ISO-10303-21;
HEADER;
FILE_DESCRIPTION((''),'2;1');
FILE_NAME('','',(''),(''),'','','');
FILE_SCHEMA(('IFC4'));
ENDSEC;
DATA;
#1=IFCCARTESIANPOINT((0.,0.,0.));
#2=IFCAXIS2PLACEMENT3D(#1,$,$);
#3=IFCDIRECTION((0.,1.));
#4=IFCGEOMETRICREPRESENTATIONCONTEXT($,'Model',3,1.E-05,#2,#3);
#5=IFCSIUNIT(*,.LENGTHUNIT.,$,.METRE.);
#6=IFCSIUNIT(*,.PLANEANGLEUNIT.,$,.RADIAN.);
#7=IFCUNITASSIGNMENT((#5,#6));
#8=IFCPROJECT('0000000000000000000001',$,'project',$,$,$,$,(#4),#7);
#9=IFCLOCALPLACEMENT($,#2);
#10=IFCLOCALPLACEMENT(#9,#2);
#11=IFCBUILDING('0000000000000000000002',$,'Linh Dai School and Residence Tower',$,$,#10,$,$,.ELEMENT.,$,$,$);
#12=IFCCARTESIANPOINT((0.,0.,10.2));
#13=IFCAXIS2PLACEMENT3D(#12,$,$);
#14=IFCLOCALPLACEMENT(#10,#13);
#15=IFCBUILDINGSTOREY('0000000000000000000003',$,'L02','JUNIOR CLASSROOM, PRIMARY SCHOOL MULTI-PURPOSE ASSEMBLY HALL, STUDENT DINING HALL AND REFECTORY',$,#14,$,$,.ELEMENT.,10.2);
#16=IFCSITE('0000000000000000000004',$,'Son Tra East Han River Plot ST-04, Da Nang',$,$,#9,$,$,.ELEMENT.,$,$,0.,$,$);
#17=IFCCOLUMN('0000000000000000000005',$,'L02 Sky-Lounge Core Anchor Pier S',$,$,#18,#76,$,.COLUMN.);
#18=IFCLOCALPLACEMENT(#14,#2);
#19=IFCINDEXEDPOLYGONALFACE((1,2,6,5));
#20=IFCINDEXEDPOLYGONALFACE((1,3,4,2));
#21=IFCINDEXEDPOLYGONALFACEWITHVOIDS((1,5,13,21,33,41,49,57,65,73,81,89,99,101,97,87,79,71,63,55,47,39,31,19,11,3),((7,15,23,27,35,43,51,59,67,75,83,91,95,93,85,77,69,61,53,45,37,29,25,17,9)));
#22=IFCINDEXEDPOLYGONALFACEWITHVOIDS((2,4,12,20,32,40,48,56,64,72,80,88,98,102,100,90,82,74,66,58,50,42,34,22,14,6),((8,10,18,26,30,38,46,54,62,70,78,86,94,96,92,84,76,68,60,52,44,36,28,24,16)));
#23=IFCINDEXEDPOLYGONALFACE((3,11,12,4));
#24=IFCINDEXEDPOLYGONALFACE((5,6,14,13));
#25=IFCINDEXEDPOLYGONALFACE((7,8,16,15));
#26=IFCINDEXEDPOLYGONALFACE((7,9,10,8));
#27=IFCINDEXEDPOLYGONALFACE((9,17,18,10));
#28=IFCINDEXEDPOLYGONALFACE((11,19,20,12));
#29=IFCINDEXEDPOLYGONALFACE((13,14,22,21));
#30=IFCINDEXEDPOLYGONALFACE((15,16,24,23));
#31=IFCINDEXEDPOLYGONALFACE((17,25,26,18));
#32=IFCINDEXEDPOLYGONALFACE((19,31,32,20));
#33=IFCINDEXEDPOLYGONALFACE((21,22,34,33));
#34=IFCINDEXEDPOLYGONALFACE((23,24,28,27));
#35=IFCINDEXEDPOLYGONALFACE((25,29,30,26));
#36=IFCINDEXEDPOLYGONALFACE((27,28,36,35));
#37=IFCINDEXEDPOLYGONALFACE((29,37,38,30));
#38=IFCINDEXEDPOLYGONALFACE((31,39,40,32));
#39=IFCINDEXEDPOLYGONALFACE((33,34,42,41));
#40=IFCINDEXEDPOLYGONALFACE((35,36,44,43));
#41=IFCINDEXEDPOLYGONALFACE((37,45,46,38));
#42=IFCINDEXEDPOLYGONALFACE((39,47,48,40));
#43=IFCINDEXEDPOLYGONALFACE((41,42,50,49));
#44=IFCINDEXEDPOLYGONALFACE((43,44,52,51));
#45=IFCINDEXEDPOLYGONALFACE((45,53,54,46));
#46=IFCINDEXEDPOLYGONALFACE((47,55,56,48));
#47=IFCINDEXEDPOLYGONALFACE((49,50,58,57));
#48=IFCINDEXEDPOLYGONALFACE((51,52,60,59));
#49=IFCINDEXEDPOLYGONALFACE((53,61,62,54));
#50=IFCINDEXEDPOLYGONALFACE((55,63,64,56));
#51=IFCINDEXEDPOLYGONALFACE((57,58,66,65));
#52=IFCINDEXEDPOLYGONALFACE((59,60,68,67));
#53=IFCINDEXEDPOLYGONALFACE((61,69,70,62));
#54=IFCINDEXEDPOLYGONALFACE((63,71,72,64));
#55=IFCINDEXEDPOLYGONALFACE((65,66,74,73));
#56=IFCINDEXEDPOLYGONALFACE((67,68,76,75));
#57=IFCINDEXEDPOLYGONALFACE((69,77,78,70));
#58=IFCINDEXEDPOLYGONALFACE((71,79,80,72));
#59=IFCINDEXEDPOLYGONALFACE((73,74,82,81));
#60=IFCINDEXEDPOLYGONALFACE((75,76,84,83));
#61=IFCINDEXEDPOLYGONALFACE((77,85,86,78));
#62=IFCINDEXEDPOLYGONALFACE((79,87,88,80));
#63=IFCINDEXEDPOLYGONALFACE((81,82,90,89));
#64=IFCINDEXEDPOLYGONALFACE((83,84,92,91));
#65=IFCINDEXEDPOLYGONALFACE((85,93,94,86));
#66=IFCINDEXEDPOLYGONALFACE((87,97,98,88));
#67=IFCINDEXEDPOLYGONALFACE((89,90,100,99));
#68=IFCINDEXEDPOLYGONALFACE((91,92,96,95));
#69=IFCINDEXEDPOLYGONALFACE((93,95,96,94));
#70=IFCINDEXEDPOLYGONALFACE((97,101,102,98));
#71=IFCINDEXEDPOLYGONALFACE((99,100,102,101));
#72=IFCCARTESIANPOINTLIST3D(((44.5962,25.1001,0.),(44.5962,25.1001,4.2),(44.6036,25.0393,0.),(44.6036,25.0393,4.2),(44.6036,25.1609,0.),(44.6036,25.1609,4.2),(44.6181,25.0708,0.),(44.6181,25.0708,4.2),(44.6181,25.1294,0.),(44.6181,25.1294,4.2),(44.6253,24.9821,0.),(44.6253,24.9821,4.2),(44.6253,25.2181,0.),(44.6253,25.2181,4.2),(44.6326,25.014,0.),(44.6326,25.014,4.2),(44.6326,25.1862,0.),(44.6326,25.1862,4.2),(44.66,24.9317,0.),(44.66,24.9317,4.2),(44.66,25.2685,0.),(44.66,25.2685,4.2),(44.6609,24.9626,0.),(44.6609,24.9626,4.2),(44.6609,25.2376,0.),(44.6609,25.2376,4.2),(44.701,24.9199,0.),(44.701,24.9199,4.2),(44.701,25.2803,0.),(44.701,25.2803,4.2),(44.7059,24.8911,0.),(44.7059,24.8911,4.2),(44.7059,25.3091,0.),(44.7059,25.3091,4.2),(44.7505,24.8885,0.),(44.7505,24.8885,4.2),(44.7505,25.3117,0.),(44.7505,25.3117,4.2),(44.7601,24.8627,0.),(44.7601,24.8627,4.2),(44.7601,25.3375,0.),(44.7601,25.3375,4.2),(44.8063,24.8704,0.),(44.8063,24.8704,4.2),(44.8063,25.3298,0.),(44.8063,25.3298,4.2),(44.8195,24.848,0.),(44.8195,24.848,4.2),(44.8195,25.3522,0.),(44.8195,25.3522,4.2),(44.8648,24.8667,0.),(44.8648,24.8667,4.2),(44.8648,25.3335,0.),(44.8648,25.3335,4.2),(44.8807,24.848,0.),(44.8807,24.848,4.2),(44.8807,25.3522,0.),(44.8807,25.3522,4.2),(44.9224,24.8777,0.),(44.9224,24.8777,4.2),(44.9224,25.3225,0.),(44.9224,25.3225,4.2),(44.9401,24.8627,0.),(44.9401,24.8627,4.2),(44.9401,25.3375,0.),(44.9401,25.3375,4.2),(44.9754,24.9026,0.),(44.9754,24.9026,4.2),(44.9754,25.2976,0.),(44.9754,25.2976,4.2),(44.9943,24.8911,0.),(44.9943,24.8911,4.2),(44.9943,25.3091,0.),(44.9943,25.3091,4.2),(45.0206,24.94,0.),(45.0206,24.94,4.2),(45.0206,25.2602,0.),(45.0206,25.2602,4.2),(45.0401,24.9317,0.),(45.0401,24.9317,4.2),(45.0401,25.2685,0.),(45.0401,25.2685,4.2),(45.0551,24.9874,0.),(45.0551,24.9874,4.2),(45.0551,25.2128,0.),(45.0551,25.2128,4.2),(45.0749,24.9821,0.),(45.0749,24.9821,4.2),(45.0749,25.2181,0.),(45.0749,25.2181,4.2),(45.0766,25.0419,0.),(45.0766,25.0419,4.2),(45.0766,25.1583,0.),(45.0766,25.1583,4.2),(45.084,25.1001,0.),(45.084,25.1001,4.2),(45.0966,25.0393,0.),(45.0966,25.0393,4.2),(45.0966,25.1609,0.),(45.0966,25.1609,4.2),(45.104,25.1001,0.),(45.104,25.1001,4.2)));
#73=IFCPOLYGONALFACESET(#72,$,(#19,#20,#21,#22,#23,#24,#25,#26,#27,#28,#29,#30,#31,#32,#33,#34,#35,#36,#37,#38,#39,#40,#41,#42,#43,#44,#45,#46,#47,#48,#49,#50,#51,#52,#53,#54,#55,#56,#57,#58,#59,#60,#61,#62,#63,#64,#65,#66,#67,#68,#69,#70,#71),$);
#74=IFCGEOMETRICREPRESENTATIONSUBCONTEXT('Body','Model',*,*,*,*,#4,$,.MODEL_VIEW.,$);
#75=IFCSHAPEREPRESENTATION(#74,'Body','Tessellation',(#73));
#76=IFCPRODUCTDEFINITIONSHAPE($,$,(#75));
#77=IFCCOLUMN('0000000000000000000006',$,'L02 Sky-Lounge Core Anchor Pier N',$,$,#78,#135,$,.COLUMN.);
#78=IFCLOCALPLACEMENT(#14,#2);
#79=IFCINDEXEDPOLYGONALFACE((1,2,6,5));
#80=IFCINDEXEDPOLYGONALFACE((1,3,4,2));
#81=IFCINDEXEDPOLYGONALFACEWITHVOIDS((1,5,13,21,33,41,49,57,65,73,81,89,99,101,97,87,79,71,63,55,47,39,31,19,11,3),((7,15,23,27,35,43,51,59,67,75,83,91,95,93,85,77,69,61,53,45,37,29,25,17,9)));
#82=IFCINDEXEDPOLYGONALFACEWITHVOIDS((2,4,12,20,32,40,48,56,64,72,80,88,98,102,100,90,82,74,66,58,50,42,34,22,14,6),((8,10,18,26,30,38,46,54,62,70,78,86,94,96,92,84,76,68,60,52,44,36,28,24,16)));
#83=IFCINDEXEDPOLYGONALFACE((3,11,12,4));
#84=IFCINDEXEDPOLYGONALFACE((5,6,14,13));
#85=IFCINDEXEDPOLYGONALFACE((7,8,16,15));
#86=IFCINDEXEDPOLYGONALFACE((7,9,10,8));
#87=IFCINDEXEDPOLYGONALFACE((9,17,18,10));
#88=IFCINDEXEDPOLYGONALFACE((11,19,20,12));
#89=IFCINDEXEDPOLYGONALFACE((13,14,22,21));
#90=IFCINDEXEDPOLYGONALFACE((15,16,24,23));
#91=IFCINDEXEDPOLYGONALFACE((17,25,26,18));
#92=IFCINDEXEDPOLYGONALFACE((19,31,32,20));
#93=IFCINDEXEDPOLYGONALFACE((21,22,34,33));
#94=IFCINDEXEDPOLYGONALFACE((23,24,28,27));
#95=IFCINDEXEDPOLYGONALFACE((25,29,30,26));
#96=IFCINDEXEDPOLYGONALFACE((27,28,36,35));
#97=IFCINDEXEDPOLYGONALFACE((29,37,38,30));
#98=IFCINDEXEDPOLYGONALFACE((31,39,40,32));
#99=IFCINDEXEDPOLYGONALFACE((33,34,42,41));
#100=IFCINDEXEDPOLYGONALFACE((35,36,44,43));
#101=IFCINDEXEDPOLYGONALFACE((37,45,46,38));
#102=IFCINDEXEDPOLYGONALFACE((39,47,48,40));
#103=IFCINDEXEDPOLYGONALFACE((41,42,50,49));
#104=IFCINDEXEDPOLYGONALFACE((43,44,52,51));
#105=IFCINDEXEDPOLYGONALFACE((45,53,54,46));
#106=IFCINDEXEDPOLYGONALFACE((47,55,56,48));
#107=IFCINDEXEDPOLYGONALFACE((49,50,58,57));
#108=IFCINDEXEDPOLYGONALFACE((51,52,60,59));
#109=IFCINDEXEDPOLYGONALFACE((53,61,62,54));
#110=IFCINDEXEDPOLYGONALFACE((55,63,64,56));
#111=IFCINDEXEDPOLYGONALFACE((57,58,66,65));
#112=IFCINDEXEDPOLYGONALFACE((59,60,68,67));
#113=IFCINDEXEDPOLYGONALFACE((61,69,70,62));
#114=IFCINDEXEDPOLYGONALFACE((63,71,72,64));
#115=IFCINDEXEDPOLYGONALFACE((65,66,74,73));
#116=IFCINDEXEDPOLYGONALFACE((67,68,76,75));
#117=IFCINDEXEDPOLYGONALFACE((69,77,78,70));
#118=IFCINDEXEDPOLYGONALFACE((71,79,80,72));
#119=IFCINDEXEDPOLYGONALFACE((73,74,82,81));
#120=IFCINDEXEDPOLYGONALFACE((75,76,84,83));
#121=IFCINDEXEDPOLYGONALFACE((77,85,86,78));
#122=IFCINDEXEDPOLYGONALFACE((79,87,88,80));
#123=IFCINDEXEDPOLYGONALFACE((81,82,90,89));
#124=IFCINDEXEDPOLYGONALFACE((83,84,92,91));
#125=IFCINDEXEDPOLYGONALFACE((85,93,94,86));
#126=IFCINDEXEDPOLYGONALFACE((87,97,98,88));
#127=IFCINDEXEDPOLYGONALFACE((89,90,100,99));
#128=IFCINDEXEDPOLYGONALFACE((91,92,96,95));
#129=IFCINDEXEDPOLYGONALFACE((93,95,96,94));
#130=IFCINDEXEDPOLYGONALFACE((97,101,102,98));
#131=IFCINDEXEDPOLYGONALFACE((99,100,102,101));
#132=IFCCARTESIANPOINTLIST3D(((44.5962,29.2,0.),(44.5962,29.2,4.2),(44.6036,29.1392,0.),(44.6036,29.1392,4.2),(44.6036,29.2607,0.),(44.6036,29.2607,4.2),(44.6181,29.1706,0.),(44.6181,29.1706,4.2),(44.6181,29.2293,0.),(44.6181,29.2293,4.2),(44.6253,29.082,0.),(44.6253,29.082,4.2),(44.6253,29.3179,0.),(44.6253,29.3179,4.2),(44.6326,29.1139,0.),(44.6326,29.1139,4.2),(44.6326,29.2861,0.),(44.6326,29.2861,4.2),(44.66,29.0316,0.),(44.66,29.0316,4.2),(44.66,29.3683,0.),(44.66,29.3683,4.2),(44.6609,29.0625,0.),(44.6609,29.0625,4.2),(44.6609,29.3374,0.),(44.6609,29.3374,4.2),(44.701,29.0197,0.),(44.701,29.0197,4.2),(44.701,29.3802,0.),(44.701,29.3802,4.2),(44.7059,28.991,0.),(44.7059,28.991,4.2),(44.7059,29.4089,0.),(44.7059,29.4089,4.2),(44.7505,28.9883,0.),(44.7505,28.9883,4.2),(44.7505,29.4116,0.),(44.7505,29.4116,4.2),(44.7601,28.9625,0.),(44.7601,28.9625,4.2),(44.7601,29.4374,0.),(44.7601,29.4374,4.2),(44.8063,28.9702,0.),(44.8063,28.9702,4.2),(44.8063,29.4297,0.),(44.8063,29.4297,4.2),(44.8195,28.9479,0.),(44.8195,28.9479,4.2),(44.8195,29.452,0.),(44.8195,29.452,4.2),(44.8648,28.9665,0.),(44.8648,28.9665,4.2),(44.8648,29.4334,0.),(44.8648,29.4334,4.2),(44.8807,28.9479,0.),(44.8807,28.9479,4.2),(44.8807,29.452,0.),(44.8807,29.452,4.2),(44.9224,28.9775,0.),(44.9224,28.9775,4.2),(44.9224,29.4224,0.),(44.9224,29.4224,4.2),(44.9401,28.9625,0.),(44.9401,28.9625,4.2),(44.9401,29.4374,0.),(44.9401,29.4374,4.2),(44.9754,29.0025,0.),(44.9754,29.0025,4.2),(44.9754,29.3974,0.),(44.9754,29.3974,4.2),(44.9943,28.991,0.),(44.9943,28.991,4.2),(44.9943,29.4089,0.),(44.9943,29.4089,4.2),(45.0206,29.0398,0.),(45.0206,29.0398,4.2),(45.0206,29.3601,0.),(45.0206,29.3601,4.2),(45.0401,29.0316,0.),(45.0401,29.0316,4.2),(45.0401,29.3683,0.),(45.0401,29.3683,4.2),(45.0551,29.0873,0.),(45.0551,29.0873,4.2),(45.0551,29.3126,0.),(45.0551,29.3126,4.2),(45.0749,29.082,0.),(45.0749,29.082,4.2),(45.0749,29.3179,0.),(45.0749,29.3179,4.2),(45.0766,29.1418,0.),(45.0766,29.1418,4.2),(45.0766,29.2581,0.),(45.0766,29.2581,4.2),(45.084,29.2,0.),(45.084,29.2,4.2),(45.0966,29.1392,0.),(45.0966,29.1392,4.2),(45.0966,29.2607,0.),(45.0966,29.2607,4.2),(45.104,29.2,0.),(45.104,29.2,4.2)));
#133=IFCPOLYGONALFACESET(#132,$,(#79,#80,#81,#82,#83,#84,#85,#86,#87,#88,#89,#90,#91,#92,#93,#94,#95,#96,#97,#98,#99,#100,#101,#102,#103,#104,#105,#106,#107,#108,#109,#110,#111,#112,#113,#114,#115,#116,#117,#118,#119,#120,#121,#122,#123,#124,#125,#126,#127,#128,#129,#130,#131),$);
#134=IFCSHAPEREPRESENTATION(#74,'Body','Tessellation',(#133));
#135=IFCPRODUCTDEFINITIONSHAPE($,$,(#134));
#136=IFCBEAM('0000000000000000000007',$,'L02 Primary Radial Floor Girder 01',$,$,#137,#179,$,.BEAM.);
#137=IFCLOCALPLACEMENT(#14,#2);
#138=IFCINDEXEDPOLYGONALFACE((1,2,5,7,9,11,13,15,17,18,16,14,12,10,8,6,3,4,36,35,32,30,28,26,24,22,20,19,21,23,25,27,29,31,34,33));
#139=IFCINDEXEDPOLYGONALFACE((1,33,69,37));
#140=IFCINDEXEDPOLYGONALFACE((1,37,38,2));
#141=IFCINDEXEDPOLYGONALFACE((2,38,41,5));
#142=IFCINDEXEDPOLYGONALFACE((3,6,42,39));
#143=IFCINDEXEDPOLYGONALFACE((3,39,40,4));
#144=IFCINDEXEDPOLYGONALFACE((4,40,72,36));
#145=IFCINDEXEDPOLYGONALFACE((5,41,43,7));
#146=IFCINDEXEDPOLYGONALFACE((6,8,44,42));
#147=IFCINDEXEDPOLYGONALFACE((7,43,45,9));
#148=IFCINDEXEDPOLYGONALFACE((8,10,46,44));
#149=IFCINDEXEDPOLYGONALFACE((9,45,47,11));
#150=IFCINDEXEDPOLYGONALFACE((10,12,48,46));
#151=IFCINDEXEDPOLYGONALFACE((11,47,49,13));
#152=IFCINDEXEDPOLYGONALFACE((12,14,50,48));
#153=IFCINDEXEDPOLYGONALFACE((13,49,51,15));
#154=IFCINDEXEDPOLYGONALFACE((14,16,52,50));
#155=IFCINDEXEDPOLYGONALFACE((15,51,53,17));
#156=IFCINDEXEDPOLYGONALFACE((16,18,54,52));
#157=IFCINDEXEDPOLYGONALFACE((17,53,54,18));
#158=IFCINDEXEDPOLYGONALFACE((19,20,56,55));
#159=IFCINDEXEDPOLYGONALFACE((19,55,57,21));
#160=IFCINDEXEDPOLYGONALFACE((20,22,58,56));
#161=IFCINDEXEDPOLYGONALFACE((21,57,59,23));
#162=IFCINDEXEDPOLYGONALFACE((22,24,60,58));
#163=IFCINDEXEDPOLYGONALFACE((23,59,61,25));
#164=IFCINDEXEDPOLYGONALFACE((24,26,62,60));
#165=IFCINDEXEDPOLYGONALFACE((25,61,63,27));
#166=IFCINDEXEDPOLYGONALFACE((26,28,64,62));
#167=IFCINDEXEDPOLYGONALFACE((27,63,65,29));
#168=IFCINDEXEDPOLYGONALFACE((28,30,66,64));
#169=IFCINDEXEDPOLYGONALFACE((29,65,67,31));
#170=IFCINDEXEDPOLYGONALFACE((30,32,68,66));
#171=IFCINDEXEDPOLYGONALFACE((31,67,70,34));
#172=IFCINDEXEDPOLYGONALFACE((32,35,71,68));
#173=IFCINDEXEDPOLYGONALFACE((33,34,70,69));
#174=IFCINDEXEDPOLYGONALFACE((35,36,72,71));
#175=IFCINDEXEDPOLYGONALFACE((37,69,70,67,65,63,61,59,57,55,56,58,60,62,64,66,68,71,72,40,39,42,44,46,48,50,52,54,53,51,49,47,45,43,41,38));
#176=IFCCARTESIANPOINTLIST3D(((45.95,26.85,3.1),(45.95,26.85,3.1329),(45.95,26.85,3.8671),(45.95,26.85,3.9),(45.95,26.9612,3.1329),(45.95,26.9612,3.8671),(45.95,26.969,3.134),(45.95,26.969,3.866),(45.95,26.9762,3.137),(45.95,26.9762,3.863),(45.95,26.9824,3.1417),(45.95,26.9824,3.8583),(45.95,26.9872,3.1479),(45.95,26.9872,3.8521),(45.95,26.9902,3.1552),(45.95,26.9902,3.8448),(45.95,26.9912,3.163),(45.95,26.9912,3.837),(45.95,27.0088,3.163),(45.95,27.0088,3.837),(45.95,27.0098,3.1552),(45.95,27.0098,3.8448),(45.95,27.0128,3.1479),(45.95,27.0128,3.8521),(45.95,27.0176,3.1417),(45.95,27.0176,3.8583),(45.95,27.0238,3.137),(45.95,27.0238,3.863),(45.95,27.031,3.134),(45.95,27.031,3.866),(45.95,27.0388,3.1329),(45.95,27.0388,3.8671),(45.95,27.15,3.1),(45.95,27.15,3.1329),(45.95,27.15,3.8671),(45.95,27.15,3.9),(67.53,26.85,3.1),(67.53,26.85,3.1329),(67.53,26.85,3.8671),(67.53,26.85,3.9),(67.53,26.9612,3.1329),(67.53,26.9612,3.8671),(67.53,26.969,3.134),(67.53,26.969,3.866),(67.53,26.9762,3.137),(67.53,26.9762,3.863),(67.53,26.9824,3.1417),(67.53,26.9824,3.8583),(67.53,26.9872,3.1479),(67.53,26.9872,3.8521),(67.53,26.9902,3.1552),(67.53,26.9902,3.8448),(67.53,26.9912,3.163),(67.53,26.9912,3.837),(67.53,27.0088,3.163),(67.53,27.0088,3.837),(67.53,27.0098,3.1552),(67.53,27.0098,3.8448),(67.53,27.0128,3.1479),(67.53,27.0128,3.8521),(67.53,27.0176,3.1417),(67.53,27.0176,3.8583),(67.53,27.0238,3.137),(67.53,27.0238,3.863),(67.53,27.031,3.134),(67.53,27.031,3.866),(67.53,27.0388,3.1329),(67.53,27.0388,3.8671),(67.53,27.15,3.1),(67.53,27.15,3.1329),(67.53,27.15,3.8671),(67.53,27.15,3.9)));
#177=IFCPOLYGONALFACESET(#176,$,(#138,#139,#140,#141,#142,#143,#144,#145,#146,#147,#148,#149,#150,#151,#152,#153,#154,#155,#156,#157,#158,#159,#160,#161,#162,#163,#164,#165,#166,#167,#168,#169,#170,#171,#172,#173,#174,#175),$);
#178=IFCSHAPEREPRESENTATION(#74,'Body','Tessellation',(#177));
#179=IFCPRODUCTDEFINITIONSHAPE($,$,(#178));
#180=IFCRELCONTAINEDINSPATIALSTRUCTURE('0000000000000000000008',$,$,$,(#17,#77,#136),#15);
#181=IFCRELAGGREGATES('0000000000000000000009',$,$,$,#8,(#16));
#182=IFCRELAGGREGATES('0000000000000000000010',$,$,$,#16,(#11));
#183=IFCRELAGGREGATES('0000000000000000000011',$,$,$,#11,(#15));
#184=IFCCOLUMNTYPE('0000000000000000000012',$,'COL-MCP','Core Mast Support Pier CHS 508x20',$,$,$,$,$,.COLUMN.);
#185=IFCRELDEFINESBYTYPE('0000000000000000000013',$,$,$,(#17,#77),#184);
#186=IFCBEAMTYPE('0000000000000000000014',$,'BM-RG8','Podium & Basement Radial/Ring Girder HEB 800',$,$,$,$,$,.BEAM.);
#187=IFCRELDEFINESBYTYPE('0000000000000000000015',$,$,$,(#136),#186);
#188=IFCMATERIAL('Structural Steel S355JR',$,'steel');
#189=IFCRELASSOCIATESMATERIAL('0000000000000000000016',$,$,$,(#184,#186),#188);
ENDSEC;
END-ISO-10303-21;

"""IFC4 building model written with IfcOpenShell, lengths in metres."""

from ifc_helpers import new_model, si_unit, direction, frame, origin, origin_2d, place, context, subcontext, project, spatial, hollow_circle, i_section, extrude, material, material_profile, profile_set, type_object, element, save


model = new_model("IFC4")

# Units and contexts
model_context = context("Model", 3, precision=1e-05, world=origin(), true_north=direction((0.0, 1.0)))
body_context = subcontext(model_context, "Body", "Model", "MODEL_VIEW")
ifc_project = project(units=[si_unit("LENGTHUNIT", "METRE"), si_unit("PLANEANGLEUNIT", "RADIAN")], contexts=[model_context])

# Site, building, storey
site_placement = place(None, origin())
site = spatial("IfcSite", under=ifc_project, at=site_placement, Name="Son Tra East Han River Plot ST-04, Da Nang", CompositionType="ELEMENT", RefElevation=0.0)
building_placement = place(site_placement, origin())
building = spatial("IfcBuilding", under=site, at=building_placement, Name="Linh Dai School and Residence Tower", CompositionType="ELEMENT")
storey_placement = place(building_placement, frame((0.0, 0.0, 10.2)))
storey = spatial("IfcBuildingStorey", under=building, at=storey_placement, Name="L02", Description="JUNIOR CLASSROOM, PRIMARY SCHOOL MULTI-PURPOSE ASSEMBLY HALL, STUDENT DINING HALL AND REFECTORY", CompositionType="ELEMENT", Elevation=10.2)

# Columns
ifc_material_1 = material(Name="Structural Steel S355JR", Category="steel")
ifc_material_profile_1 = material_profile(ifc_material_1, hollow_circle(Radius=0.2539, WallThickness=0.02, at=origin_2d()), Name="CHS 508x20")
ifc_profile_set_1 = profile_set([ifc_material_profile_1], Name="Structural Steel S355JR")
column_type_1 = type_object("IfcColumnType", Name="COL-MCP", Description="Core Mast Support Pier CHS 508x20", PredefinedType="COLUMN", material=ifc_profile_set_1)
for number, where, z_axis, x_axis, name in (
    (1, (44.8501, 25.1001, 0.0), (0.0, 0.0, 1.0), (1.0, 0.0, 0.0), "L02 Sky-Lounge Core Anchor Pier S"),
    (2, (44.8501, 29.2, 0.0), (0.0, 0.0, 1.0), (1.0, 0.0, 0.0), "L02 Sky-Lounge Core Anchor Pier N"),
):
    element("IfcColumn", number, at=place(storey_placement, frame(where, z_axis=z_axis, x_axis=x_axis)), inside=storey, type_object=column_type_1, Name=name, PredefinedType="COLUMN", context=body_context, shape_type="SweptSolid", body=[
        extrude(hollow_circle(Radius=0.2539, WallThickness=0.02, at=origin_2d()), origin(), (0.0, 0.0, 1.0), 4.2),
    ])

# Beam
ifc_material_profile_2 = material_profile(ifc_material_1, i_section(OverallWidth=0.3, OverallDepth=0.8, WebThickness=0.0176, FlangeThickness=0.033, FilletRadius=0.03, at=origin_2d()), Name="HEB 800")
ifc_profile_set_2 = profile_set([ifc_material_profile_2], Name="Structural Steel S355JR")
beam_type_1 = type_object("IfcBeamType", Name="BM-RG8", Description="Podium & Basement Radial/Ring Girder HEB 800", PredefinedType="BEAM", material=ifc_profile_set_2)
beam_1_placement = place(storey_placement, frame((45.95, 27.0, 3.5), z_axis=(1.0, 0.0, 0.0), x_axis=(0.0, 1.0, 0.0)))
element("IfcBeam", 3, at=beam_1_placement, inside=storey, type_object=beam_type_1, Name="L02 Primary Radial Floor Girder 01", PredefinedType="BEAM", context=body_context, shape_type="SweptSolid", body=[
    extrude(i_section(OverallWidth=0.3, OverallDepth=0.8, WebThickness=0.0176, FlangeThickness=0.033, FilletRadius=0.03, at=origin_2d()), origin(), (0.0, 0.0, 1.0), 21.5801),
])

save(model, "model.ifc")
